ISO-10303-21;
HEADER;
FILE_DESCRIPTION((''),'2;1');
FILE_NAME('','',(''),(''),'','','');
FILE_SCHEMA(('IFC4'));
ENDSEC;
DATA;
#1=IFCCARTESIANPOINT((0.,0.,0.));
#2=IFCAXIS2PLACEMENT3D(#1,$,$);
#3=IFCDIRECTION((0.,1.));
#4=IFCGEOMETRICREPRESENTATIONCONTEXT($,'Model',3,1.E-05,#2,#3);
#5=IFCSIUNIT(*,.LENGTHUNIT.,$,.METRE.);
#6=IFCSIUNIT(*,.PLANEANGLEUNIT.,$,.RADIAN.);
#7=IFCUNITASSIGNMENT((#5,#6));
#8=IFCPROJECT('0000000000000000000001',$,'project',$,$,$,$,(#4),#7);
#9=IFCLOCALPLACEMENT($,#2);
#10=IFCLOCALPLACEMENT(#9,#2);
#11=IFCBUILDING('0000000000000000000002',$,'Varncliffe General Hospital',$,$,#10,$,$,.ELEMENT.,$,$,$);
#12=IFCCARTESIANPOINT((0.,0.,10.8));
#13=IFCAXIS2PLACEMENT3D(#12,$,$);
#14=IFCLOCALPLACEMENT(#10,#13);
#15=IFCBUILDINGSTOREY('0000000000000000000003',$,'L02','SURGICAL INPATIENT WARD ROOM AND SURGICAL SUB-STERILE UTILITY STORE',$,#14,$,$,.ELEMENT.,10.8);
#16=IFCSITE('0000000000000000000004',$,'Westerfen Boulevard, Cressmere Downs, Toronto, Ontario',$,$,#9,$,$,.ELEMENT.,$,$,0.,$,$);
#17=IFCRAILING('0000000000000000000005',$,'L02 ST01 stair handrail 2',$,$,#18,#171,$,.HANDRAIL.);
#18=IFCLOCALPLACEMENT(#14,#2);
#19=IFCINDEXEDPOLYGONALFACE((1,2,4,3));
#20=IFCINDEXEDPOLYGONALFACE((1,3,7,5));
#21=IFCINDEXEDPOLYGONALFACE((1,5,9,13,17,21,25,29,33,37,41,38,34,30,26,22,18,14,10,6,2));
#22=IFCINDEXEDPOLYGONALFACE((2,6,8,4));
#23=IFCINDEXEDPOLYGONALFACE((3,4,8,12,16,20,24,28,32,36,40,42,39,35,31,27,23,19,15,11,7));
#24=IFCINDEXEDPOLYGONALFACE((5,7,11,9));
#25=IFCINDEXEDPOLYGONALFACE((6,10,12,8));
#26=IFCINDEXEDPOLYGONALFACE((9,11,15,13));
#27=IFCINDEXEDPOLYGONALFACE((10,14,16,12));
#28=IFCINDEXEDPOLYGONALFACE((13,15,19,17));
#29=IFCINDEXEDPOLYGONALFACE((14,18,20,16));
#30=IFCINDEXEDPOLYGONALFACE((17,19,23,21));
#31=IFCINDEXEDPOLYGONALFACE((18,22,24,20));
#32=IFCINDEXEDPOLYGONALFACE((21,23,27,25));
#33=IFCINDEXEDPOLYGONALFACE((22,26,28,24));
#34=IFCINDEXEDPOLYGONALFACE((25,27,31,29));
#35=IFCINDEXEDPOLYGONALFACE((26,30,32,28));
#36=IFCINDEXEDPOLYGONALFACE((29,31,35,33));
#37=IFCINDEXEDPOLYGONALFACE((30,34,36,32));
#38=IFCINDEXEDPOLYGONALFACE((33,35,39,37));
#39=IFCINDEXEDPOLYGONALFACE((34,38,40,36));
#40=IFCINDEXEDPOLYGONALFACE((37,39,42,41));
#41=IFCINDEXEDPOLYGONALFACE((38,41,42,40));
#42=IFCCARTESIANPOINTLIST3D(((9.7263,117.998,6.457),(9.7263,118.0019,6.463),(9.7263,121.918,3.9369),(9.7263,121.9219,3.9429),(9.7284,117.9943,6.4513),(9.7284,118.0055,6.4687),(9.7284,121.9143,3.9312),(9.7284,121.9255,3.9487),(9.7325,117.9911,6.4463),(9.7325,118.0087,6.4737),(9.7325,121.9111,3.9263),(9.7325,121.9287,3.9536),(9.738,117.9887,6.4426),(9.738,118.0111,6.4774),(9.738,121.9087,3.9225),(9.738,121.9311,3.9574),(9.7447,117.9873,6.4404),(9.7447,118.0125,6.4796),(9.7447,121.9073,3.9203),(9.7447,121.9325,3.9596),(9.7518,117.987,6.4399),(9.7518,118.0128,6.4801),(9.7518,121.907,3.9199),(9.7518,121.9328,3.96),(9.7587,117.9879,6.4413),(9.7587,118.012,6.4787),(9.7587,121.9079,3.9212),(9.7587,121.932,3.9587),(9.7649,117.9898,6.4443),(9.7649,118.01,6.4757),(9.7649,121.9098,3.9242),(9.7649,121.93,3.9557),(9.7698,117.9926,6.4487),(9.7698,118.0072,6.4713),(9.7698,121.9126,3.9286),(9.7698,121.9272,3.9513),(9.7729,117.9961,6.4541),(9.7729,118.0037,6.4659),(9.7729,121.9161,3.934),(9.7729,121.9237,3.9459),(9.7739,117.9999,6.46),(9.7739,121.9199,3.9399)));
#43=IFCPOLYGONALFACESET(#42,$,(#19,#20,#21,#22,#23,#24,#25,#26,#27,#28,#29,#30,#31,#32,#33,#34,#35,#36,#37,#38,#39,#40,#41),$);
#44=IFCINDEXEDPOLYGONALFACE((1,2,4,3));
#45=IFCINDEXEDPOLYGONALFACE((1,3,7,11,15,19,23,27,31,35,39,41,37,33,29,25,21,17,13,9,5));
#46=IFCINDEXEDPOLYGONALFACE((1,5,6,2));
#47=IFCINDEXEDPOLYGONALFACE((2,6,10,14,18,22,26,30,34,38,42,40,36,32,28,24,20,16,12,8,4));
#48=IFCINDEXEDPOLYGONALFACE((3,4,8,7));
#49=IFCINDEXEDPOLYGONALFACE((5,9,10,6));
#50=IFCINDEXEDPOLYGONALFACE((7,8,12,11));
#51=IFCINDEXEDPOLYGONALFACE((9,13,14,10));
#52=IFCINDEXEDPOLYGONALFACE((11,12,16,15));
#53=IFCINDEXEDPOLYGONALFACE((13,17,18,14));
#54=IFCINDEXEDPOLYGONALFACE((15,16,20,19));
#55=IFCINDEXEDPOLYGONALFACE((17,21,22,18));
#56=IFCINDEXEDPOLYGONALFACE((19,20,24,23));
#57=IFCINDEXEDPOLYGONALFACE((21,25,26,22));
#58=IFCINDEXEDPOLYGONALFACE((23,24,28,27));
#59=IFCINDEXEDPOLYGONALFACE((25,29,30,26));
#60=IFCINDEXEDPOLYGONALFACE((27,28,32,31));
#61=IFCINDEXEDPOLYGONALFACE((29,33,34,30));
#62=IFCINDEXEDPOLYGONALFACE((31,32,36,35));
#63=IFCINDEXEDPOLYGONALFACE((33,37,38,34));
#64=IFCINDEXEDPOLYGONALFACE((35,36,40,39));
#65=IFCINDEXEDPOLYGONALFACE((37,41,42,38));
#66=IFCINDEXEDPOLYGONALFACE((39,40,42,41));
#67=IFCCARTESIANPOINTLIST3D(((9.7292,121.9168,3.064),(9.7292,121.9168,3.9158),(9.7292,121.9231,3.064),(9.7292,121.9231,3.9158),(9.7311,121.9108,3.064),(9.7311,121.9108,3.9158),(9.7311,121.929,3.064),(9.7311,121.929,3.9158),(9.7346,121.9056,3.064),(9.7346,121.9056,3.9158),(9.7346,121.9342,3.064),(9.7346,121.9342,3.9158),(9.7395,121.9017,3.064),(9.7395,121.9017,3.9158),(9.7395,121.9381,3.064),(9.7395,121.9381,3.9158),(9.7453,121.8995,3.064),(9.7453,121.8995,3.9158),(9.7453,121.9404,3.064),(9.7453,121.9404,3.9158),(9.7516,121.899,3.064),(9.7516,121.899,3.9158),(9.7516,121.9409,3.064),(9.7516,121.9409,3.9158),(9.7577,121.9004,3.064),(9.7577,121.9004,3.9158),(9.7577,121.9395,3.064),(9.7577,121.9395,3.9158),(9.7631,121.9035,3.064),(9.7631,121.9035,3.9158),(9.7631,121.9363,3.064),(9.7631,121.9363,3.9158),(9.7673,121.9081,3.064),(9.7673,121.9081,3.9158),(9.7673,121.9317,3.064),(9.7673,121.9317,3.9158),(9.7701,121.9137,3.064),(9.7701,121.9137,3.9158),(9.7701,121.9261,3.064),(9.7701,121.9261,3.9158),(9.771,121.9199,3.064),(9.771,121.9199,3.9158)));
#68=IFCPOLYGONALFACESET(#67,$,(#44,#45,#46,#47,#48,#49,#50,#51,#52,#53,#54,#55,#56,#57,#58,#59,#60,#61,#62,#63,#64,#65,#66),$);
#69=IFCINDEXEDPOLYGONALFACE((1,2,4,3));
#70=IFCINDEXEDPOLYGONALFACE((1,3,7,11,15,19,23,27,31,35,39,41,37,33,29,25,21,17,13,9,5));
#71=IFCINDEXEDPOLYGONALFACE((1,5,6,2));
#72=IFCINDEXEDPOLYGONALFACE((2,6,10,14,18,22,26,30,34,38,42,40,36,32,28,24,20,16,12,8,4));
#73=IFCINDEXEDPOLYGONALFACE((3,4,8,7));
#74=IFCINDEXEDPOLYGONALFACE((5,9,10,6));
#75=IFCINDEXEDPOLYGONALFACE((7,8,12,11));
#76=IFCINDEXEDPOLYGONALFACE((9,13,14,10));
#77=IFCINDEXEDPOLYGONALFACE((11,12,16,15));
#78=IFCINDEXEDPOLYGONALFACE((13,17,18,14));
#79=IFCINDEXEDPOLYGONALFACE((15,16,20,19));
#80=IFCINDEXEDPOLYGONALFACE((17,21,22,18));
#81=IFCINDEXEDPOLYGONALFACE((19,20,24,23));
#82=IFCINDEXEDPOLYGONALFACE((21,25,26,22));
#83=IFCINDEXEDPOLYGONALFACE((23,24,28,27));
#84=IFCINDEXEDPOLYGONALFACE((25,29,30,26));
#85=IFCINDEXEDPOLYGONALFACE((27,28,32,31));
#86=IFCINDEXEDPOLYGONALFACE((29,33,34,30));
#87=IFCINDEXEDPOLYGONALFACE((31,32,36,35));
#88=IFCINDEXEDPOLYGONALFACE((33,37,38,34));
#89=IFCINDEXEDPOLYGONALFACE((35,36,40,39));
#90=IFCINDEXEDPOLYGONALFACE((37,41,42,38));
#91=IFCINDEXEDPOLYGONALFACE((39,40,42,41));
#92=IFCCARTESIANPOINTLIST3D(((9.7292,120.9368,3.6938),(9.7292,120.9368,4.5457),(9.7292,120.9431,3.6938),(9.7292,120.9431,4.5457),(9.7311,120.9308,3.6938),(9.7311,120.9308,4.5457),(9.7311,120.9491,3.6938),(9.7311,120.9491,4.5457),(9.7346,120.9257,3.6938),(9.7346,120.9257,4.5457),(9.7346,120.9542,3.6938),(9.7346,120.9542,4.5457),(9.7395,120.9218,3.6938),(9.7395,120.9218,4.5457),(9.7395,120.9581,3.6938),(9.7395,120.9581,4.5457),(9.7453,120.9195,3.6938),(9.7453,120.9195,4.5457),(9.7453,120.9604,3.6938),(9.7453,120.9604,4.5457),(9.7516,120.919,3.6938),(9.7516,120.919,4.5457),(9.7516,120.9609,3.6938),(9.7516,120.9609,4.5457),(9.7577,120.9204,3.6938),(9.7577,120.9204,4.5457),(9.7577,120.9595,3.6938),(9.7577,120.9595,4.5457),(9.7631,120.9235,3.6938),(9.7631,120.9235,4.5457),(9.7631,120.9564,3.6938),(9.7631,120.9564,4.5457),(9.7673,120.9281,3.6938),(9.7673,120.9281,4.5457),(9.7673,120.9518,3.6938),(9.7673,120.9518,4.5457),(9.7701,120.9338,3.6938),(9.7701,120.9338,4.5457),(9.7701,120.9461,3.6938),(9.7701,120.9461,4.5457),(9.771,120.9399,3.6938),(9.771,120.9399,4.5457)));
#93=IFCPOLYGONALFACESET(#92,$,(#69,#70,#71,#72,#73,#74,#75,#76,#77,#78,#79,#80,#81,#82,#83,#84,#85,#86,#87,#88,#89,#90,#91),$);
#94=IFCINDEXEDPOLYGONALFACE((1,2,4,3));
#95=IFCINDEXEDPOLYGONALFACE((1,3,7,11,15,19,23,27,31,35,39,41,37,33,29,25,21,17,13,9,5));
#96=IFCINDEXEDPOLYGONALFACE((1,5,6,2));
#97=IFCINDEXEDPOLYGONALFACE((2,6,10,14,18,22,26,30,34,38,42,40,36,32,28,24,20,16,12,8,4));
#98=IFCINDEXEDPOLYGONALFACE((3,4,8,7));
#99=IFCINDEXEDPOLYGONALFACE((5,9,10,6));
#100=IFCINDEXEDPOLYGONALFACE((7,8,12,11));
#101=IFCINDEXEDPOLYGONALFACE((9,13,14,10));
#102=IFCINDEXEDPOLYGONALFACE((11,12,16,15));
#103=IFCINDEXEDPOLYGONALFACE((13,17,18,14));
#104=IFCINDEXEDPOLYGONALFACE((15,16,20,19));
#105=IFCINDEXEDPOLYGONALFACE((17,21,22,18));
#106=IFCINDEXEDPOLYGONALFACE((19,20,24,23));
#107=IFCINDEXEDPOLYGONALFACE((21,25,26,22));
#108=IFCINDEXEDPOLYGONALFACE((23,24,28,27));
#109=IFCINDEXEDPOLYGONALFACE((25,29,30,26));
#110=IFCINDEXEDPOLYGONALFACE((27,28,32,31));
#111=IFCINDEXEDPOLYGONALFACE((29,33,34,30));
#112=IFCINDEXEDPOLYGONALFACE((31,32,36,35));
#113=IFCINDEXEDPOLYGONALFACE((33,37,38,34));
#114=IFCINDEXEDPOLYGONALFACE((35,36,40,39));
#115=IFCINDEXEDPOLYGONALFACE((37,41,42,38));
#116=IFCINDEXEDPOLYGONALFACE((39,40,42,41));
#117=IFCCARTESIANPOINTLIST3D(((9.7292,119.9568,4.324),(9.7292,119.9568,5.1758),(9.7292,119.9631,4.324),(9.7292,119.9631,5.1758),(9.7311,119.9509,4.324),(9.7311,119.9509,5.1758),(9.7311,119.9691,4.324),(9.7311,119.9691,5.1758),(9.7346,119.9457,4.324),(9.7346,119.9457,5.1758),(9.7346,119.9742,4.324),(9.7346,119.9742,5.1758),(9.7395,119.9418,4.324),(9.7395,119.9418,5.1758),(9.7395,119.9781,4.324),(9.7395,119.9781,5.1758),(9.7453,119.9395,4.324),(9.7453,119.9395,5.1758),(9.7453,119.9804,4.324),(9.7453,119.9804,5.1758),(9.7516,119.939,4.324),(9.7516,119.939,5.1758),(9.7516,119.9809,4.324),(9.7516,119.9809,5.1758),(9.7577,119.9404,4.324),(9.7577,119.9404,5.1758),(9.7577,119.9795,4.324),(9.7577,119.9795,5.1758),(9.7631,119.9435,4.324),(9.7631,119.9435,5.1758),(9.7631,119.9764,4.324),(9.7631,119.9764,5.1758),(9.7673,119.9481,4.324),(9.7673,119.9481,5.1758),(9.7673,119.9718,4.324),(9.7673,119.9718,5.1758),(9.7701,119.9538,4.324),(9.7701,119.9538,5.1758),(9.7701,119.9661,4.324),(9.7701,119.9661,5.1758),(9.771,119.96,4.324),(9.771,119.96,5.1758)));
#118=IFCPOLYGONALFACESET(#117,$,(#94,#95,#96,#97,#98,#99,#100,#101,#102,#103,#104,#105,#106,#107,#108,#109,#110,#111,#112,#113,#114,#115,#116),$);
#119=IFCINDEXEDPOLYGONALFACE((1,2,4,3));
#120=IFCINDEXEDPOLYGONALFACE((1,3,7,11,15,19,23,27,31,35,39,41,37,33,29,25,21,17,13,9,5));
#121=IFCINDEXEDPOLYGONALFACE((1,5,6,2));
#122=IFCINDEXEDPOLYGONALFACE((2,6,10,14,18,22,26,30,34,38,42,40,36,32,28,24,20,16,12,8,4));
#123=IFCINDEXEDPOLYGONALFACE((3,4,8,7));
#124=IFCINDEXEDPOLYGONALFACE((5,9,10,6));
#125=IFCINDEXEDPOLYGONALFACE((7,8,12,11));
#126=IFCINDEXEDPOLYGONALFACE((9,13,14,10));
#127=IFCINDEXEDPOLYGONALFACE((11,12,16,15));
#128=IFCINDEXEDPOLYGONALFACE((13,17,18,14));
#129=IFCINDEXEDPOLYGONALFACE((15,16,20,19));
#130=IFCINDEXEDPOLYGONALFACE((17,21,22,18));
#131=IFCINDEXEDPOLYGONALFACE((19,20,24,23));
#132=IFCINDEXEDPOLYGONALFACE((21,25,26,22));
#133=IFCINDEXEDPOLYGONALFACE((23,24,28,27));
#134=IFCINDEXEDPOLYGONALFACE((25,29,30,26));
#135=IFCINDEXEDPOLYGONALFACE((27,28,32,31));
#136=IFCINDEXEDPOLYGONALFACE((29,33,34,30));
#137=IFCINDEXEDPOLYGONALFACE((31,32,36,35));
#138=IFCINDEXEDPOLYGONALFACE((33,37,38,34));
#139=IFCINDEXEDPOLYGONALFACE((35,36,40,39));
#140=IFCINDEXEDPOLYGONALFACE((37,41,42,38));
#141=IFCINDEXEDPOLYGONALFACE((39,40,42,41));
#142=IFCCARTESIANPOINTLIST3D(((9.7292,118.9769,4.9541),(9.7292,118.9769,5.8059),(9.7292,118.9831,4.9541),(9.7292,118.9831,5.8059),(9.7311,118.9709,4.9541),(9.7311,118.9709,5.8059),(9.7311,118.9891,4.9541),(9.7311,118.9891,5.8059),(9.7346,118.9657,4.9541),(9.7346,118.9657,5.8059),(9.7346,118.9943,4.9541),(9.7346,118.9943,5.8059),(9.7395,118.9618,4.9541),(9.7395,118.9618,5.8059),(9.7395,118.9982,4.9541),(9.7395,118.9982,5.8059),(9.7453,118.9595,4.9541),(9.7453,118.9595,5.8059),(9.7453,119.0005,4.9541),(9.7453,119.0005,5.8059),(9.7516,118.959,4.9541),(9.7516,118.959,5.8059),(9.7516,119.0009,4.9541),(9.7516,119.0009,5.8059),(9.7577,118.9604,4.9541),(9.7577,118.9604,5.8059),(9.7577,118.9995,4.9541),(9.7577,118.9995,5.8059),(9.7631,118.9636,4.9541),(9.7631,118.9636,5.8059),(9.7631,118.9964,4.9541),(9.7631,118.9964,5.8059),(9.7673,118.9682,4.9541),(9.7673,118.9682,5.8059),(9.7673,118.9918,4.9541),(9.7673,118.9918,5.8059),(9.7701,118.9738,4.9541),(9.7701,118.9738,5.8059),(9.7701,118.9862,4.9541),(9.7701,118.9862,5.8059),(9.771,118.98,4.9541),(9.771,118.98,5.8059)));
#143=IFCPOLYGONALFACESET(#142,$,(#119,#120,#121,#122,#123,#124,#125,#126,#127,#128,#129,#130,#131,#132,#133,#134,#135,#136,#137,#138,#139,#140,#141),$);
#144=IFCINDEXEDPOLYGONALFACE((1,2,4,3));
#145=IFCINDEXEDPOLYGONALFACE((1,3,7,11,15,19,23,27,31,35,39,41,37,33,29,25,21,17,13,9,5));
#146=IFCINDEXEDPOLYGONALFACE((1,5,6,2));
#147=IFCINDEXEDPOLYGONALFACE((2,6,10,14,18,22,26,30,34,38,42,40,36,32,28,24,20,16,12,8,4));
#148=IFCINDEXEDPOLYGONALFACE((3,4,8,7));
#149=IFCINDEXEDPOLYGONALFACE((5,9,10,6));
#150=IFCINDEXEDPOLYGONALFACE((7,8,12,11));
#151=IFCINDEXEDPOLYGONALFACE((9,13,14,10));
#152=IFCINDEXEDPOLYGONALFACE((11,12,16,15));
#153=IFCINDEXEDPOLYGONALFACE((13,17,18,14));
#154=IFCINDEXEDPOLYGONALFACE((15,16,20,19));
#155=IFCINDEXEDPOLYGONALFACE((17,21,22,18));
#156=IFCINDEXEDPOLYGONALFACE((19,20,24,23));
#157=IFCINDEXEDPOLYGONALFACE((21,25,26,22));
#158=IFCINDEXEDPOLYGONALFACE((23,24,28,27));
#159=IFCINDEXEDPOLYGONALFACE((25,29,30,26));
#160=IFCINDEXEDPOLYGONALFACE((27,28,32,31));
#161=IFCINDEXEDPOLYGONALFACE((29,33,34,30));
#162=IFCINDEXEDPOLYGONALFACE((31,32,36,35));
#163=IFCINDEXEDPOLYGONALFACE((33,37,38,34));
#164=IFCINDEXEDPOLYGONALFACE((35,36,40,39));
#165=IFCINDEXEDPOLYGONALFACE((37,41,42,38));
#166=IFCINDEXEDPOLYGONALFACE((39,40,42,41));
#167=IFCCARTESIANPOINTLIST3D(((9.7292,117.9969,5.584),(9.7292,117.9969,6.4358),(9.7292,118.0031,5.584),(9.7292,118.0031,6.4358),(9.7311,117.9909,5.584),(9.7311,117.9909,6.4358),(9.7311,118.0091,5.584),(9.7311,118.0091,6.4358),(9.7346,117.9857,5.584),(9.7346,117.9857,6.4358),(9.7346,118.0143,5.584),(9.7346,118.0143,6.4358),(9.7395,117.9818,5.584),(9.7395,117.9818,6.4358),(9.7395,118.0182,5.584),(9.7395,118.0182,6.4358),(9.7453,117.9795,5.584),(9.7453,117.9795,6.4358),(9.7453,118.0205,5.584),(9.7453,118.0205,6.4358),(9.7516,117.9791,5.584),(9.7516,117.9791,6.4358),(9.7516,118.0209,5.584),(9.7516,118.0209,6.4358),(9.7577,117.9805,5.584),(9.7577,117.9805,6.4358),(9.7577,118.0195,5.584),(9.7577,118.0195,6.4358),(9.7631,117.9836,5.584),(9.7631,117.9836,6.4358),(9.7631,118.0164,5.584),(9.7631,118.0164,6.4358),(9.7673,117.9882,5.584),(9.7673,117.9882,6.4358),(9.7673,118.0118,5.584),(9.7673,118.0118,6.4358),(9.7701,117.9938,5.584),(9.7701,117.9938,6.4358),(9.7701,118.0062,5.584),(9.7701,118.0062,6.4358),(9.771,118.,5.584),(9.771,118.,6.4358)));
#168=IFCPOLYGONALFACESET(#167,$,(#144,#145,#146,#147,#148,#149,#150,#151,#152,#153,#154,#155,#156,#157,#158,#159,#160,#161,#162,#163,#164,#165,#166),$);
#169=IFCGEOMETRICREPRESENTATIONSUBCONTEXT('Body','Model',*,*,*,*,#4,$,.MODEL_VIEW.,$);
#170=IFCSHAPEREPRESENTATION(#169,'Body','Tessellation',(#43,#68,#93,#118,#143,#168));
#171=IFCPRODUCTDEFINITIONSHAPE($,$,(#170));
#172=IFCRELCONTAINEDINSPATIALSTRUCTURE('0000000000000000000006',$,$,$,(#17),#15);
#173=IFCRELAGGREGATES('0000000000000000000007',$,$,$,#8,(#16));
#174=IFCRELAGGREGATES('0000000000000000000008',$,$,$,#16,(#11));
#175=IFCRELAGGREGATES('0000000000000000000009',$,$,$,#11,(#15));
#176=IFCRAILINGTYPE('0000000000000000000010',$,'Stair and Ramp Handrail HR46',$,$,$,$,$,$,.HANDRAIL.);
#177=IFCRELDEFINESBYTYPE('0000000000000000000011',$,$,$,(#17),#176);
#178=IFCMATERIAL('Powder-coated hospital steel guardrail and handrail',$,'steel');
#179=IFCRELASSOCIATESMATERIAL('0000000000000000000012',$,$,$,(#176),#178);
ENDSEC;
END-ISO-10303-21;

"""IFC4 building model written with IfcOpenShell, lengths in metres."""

from ifc_helpers import new_model, si_unit, direction, frame, origin, origin_2d, place, context, subcontext, project, spatial, circle, extrude, material, type_object, element, save


model = new_model("IFC4")

# Units and contexts
model_context = context("Model", 3, precision=1e-05, world=origin(), true_north=direction((0.0, 1.0)))
body_context = subcontext(model_context, "Body", "Model", "MODEL_VIEW")
ifc_project = project(units=[si_unit("LENGTHUNIT", "METRE"), si_unit("PLANEANGLEUNIT", "RADIAN")], contexts=[model_context])

# Site, building, storey
site_placement = place(None, origin())
site = spatial("IfcSite", under=ifc_project, at=site_placement, Name="Westerfen Boulevard, Cressmere Downs, Toronto, Ontario", CompositionType="ELEMENT", RefElevation=0.0)
building_placement = place(site_placement, origin())
building = spatial("IfcBuilding", under=site, at=building_placement, Name="Varncliffe General Hospital", CompositionType="ELEMENT")
storey_placement = place(building_placement, frame((0.0, 0.0, 10.8)))
storey = spatial("IfcBuildingStorey", under=building, at=storey_placement, Name="L02", Description="SURGICAL INPATIENT WARD ROOM AND SURGICAL SUB-STERILE UTILITY STORE", CompositionType="ELEMENT", Elevation=10.8)

# Railing
ifc_material_1 = material(Name="Powder-coated hospital steel guardrail and handrail", Category="steel")
railing_type_1 = type_object("IfcRailingType", Name="Stair and Ramp Handrail HR46", PredefinedType="HANDRAIL", material=ifc_material_1)
railing_1_placement = place(storey_placement, frame((9.75, 121.9199, 3.064)))
element("IfcRailing", 1, at=railing_1_placement, inside=storey, type_object=railing_type_1, Name="L02 ST01 stair handrail 2", PredefinedType="HANDRAIL", context=body_context, shape_type="SweptSolid", body=[
    extrude(circle(Radius=0.0239, at=origin_2d()), frame((0.0, 0.0, 0.876), z_axis=(0.0, -0.841172, 0.540768), x_axis=(1.0, 0.0, 0.0)), (0.0, 0.0, 1.0), 4.6602),
    extrude(circle(Radius=0.021, at=origin_2d()), origin(), (0.0, 0.0, 1.0), 0.8518),
    extrude(circle(Radius=0.021, at=origin_2d()), frame((0.0, -0.98, 0.6299)), (0.0, 0.0, 1.0), 0.8518),
    extrude(circle(Radius=0.021, at=origin_2d()), frame((0.0, -1.96, 1.26)), (0.0, 0.0, 1.0), 0.8518),
    extrude(circle(Radius=0.021, at=origin_2d()), frame((0.0, -2.9399, 1.8901)), (0.0, 0.0, 1.0), 0.8518),
    extrude(circle(Radius=0.021, at=origin_2d()), frame((0.0, -3.9199, 2.52)), (0.0, 0.0, 1.0), 0.8518),
])

save(model, "model.ifc")
